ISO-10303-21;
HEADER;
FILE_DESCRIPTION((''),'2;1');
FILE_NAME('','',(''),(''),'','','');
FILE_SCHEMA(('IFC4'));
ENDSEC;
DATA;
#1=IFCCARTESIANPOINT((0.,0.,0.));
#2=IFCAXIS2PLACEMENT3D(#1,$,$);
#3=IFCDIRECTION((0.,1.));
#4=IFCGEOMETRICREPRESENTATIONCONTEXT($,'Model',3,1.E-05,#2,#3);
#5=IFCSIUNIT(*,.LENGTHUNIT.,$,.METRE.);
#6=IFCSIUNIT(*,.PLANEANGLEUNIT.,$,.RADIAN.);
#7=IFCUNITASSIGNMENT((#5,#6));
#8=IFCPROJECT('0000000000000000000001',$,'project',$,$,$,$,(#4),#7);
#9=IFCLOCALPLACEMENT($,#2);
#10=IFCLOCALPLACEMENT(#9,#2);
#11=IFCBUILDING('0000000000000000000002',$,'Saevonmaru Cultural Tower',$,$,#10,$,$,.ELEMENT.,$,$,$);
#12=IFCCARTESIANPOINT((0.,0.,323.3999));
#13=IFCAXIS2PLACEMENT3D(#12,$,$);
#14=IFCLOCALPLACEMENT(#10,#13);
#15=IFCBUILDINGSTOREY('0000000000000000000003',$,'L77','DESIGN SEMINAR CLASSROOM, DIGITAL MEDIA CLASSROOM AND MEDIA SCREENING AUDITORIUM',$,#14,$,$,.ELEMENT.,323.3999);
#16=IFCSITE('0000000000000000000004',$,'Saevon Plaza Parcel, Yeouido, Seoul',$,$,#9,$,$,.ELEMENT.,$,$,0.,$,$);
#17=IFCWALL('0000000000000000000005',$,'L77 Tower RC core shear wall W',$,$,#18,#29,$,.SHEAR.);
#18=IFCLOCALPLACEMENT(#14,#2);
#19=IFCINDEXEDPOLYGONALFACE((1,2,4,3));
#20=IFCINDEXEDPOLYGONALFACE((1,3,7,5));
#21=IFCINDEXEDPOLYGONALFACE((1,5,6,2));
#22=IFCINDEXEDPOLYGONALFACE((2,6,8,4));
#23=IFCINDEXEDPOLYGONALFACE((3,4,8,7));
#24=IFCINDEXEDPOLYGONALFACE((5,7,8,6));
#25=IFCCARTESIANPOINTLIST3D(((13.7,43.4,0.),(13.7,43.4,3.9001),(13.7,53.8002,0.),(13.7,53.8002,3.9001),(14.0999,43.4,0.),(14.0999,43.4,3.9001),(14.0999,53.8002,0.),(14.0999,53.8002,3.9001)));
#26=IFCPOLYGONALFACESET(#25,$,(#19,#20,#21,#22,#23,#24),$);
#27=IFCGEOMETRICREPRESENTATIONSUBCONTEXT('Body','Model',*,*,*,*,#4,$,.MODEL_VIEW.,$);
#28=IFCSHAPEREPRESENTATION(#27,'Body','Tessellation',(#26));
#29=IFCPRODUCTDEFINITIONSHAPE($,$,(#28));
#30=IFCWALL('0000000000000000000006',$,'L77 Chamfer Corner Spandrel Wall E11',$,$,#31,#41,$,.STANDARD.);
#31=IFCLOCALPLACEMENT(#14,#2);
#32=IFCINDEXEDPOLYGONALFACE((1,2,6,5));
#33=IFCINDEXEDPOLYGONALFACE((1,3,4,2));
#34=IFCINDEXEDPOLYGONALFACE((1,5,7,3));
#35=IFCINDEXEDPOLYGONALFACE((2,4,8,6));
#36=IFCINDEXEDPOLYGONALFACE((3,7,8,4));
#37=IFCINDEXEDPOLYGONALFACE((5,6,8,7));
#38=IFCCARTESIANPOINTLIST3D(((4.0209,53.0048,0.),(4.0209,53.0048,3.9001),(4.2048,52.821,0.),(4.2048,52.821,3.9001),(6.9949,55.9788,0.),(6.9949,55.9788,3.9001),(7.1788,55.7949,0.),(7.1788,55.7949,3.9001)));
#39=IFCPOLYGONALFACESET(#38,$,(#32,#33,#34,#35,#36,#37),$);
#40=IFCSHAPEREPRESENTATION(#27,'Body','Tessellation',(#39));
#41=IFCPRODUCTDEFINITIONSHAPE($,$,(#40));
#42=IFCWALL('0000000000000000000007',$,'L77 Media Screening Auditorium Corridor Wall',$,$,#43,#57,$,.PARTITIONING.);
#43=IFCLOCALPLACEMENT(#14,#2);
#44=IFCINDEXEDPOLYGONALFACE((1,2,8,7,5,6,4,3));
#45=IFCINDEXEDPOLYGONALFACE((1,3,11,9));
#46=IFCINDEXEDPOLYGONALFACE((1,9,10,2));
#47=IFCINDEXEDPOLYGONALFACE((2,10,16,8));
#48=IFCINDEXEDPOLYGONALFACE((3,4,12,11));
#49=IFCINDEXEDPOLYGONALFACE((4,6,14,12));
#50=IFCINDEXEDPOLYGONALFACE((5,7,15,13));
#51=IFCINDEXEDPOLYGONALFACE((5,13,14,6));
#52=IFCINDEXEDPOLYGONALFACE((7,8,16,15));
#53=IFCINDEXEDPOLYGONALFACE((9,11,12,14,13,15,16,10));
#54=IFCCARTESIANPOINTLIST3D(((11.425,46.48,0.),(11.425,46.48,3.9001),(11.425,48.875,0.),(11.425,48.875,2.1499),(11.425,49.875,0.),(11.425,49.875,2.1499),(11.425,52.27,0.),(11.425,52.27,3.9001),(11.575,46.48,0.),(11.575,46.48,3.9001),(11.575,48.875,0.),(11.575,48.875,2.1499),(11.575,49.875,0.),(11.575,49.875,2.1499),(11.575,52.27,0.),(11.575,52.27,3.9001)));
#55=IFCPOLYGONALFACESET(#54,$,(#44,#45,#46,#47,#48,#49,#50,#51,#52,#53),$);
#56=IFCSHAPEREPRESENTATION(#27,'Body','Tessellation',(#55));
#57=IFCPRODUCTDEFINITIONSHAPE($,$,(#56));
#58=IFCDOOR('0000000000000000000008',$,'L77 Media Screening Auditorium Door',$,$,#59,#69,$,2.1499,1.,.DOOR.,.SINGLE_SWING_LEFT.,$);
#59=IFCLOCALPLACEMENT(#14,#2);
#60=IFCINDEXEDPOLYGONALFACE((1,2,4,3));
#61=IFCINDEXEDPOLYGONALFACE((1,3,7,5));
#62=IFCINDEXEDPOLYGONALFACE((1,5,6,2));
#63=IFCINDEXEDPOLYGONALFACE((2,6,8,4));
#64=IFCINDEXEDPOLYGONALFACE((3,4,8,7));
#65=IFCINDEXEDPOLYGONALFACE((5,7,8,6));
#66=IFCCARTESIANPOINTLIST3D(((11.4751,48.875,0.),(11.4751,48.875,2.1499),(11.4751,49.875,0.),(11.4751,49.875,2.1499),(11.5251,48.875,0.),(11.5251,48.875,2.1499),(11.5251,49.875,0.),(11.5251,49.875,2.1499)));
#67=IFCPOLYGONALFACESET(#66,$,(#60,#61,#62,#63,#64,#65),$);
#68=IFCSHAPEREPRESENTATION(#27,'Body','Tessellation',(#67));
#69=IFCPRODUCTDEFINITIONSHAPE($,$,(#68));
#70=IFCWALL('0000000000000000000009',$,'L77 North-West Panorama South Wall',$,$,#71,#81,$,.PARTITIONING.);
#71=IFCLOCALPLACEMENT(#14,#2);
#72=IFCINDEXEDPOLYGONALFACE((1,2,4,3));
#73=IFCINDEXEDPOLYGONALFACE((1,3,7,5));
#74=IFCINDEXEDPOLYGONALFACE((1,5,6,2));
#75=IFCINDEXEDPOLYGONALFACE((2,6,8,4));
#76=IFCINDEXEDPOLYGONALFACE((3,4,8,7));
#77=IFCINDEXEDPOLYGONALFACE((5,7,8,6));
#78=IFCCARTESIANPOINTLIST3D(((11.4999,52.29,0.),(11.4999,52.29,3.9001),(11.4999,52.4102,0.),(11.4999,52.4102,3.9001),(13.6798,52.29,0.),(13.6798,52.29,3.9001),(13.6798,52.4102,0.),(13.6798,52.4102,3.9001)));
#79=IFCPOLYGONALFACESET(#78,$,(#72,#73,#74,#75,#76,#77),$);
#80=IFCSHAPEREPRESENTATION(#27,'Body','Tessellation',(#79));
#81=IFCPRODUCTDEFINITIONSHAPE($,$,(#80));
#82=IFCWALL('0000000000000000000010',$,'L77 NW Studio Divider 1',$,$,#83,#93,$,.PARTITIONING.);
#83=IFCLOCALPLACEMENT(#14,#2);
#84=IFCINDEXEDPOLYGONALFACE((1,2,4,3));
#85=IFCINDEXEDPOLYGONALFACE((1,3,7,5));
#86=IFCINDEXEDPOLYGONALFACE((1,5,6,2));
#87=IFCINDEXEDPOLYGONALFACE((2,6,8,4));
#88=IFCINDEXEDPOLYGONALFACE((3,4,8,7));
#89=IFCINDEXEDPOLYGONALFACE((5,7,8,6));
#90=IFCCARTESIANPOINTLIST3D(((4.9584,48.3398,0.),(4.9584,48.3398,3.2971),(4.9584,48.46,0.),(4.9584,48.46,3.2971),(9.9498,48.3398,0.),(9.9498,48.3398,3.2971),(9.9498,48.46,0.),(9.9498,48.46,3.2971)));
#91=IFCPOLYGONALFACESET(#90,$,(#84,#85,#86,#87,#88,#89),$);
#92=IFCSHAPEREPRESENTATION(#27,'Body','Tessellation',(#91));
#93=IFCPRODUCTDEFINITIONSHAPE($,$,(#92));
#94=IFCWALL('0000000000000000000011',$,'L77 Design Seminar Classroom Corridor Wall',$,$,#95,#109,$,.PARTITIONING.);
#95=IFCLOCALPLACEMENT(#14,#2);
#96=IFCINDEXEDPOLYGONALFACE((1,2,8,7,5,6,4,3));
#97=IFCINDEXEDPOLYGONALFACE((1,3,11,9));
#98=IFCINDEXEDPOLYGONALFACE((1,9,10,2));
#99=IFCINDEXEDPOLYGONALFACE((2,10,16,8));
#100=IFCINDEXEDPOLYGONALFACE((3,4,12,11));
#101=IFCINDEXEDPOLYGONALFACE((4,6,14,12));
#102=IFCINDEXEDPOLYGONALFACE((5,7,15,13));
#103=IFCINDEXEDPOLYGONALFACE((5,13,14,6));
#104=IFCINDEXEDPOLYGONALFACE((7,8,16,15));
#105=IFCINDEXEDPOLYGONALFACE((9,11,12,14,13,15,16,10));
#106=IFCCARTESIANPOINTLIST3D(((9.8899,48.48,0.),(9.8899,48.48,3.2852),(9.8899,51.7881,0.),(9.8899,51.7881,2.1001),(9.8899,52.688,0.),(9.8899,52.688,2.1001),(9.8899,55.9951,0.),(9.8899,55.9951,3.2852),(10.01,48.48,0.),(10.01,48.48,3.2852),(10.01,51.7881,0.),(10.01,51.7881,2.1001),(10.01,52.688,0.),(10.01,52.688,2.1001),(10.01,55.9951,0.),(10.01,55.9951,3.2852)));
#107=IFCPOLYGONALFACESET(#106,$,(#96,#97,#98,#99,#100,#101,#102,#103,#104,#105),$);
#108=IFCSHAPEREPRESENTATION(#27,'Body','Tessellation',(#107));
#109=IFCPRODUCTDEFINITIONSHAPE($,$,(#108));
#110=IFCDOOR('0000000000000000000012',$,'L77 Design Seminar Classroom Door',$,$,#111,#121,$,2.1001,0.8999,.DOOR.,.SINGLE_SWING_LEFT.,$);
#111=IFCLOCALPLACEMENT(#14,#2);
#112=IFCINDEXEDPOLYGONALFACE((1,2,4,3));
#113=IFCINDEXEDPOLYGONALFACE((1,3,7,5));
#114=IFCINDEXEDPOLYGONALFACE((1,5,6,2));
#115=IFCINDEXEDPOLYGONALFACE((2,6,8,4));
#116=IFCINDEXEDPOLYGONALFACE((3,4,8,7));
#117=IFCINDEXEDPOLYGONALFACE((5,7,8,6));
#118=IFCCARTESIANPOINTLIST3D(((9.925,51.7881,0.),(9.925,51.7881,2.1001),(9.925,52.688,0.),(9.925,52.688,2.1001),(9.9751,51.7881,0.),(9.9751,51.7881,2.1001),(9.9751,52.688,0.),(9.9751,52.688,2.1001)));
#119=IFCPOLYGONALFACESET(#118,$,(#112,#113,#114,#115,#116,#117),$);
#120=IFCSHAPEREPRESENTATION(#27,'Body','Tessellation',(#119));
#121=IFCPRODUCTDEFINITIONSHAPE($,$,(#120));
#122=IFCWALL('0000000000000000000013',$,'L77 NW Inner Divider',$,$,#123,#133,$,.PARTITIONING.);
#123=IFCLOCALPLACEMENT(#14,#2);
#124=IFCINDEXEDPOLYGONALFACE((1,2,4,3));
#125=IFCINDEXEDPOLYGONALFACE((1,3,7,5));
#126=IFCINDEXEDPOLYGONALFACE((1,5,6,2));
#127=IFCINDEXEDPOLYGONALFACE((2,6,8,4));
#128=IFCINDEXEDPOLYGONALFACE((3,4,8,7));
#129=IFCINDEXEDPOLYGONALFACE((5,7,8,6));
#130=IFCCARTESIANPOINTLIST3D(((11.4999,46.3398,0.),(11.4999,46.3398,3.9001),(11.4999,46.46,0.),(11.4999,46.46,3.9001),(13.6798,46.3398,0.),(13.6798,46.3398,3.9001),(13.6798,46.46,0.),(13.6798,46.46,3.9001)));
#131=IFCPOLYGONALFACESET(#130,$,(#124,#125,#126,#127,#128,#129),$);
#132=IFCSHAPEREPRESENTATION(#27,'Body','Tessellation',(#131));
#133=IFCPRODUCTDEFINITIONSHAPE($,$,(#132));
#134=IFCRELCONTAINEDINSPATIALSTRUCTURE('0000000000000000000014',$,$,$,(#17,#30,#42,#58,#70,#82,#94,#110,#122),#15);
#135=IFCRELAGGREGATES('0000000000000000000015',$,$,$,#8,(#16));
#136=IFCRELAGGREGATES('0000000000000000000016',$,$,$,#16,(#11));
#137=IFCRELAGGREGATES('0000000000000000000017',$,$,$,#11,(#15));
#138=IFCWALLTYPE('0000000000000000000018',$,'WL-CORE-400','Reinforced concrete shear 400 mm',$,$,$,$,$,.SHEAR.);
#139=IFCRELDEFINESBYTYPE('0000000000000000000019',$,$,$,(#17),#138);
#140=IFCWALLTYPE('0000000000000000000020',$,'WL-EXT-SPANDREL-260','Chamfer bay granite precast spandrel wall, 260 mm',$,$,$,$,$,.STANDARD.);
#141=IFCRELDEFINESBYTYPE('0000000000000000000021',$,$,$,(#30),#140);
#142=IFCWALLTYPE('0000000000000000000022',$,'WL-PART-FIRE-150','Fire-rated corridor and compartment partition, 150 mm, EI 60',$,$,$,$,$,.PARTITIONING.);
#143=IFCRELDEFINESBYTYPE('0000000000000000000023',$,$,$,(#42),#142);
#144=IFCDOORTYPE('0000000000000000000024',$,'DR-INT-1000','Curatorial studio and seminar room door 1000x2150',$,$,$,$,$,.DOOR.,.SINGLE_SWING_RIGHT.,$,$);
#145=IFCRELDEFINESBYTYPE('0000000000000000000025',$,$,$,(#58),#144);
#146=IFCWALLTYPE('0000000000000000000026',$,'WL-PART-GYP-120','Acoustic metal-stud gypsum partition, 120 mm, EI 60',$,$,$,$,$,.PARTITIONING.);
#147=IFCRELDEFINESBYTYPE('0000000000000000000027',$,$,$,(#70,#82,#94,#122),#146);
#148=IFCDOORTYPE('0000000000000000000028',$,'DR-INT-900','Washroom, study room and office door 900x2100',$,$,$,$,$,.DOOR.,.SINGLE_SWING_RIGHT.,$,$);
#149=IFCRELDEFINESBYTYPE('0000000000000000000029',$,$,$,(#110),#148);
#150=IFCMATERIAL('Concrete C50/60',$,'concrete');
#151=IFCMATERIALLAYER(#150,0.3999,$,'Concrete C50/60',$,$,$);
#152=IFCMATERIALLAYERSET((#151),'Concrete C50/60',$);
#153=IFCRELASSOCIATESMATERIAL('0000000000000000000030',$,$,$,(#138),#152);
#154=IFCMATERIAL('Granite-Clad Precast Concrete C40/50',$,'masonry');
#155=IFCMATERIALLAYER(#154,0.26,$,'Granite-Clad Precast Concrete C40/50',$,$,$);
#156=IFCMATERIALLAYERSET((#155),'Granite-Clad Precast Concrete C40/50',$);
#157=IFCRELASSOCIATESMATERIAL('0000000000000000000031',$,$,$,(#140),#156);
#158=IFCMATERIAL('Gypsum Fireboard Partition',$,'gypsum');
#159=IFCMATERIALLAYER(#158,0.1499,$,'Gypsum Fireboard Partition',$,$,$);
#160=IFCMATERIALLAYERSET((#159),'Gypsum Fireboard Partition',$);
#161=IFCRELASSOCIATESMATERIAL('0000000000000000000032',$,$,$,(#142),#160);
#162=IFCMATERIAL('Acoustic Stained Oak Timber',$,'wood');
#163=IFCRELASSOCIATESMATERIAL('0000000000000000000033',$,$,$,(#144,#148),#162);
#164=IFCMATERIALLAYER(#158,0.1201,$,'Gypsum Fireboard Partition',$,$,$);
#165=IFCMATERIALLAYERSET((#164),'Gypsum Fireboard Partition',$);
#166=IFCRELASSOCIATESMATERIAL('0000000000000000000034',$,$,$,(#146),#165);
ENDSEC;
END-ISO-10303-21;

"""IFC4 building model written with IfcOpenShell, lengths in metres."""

from ifc_helpers import new_model, si_unit, direction, frame, frame_2d, origin, place, context, subcontext, project, spatial, rectangle, extrude, material, layer, layer_set, type_object, element, fill, save


model = new_model("IFC4")

# Units and contexts
model_context = context("Model", 3, precision=1e-05, world=origin(), true_north=direction((0.0, 1.0)))
body_context = subcontext(model_context, "Body", "Model", "MODEL_VIEW")
ifc_project = project(units=[si_unit("LENGTHUNIT", "METRE"), si_unit("PLANEANGLEUNIT", "RADIAN")], contexts=[model_context])

# Site, building, storey
site_placement = place(None, origin())
site = spatial("IfcSite", under=ifc_project, at=site_placement, Name="Saevon Plaza Parcel, Yeouido, Seoul", CompositionType="ELEMENT", RefElevation=0.0)
building_placement = place(site_placement, origin())
building = spatial("IfcBuilding", under=site, at=building_placement, Name="Saevonmaru Cultural Tower", CompositionType="ELEMENT")
storey_placement = place(building_placement, frame((0.0, 0.0, 323.3999)))
storey = spatial("IfcBuildingStorey", under=building, at=storey_placement, Name="L77", Description="DESIGN SEMINAR CLASSROOM, DIGITAL MEDIA CLASSROOM AND MEDIA SCREENING AUDITORIUM", CompositionType="ELEMENT", Elevation=323.3999)

# Walls
ifc_material_1 = material(Name="Concrete C50/60", Category="concrete")
ifc_layer_1 = layer(ifc_material_1, 0.3999, Name="Concrete C50/60")
ifc_layer_set_1 = layer_set([ifc_layer_1], Name="Concrete C50/60")
wall_type_1 = type_object("IfcWallType", Name="WL-CORE-400", Description="Reinforced concrete shear 400 mm", PredefinedType="SHEAR", material=ifc_layer_set_1)
wall_1_placement = place(storey_placement, frame((13.8999, 43.3999, 0.0), z_axis=(0.0, 0.0, 1.0), x_axis=(0.0, 1.0, 0.0)))
element("IfcWall", 1, at=wall_1_placement, inside=storey, type_object=wall_type_1, Name="L77 Tower RC core shear wall W", PredefinedType="SHEAR", context=body_context, shape_type="SweptSolid", body=[
    extrude(rectangle(XDim=10.4001, YDim=0.3999, at=frame_2d((5.2002, 0.0))), origin(), (0.0, 0.0, 1.0), 3.9001),
])
ifc_material_2 = material(Name="Granite-Clad Precast Concrete C40/50", Category="masonry")
ifc_layer_2 = layer(ifc_material_2, 0.26, Name="Granite-Clad Precast Concrete C40/50")
ifc_layer_set_2 = layer_set([ifc_layer_2], Name="Granite-Clad Precast Concrete C40/50")
wall_type_2 = type_object("IfcWallType", Name="WL-EXT-SPANDREL-260", Description="Chamfer bay granite precast spandrel wall, 260 mm", PredefinedType="STANDARD", material=ifc_layer_set_2)
wall_2_placement = place(storey_placement, frame((7.0869, 55.887, 0.0), z_axis=(0.0, 0.0, 1.0), x_axis=(-0.707107, -0.707107, 0.0)))
element("IfcWall", 2, at=wall_2_placement, inside=storey, type_object=wall_type_2, Name="L77 Chamfer Corner Spandrel Wall E11", PredefinedType="STANDARD", context=body_context, shape_type="SweptSolid", body=[
    extrude(rectangle(XDim=4.2058, YDim=0.26, at=frame_2d((2.103, 0.0))), origin(), (0.0, 0.0, 1.0), 3.9001),
])

# Wall, opening, door
ifc_material_3 = material(Name="Gypsum Fireboard Partition", Category="gypsum")
ifc_layer_3 = layer(ifc_material_3, 0.1499, Name="Gypsum Fireboard Partition")
ifc_layer_set_3 = layer_set([ifc_layer_3], Name="Gypsum Fireboard Partition")
wall_type_3 = type_object("IfcWallType", Name="WL-PART-FIRE-150", Description="Fire-rated corridor and compartment partition, 150 mm, EI 60", PredefinedType="PARTITIONING", material=ifc_layer_set_3)
ifc_material_4 = material(Name="Acoustic Stained Oak Timber", Category="wood")
door_type_1 = type_object("IfcDoorType", Name="DR-INT-1000", Description="Curatorial studio and seminar room door 1000x2150", OperationType="SINGLE_SWING_RIGHT", PredefinedType="DOOR", material=ifc_material_4)
wall_3_placement = place(storey_placement, frame((11.5, 46.48, 0.0), z_axis=(0.0, 0.0, 1.0), x_axis=(0.0, 1.0, 0.0)))
wall_3 = element("IfcWall", 3, at=wall_3_placement, inside=storey, type_object=wall_type_3, Name="L77 Media Screening Auditorium Corridor Wall", PredefinedType="PARTITIONING", context=body_context, shape_type="SweptSolid", body=[
    extrude(rectangle(XDim=5.79, YDim=0.1499, at=frame_2d((2.895, 0.0))), origin(), (0.0, 0.0, 1.0), 3.9001),
])
opening_1_placement = place(wall_3_placement, frame((2.395, 0.0, 0.0)))
opening_1 = element("IfcOpeningElement", 4, at=opening_1_placement, cuts=wall_3, PredefinedType="OPENING", context=body_context, shape_type="SweptSolid", body=[
    extrude(rectangle(XDim=1.0, YDim=2.1499, at=frame_2d((0.5, 1.075))), frame((0.0, 0.085, 0.0), z_axis=(0.0, -1.0, 0.0), x_axis=(1.0, 0.0, 0.0)), (0.0, 0.0, 1.0), 0.1699),
])
door_1_placement = place(opening_1_placement, origin())
door_1 = element("IfcDoor", 5, at=door_1_placement, inside=storey, type_object=door_type_1, Name="L77 Media Screening Auditorium Door", OperationType="SINGLE_SWING_LEFT", OverallHeight=2.1499, OverallWidth=1.0, PredefinedType="DOOR", context=body_context, shape_type="SweptSolid", body=[
    extrude(rectangle(XDim=1.0, YDim=2.1499, at=frame_2d((0.5, 1.075))), frame((0.0, 0.0249, 0.0), z_axis=(0.0, -1.0, 0.0), x_axis=(1.0, 0.0, 0.0)), (0.0, 0.0, 1.0), 0.05),
])
fill(opening_1, door_1)

# Walls
ifc_layer_4 = layer(ifc_material_3, 0.1201, Name="Gypsum Fireboard Partition")
ifc_layer_set_4 = layer_set([ifc_layer_4], Name="Gypsum Fireboard Partition")
wall_type_4 = type_object("IfcWallType", Name="WL-PART-GYP-120", Description="Acoustic metal-stud gypsum partition, 120 mm, EI 60", PredefinedType="PARTITIONING", material=ifc_layer_set_4)
wall_4_placement = place(storey_placement, frame((11.5, 52.3501, 0.0), z_axis=(0.0, 0.0, 1.0), x_axis=(1.0, 0.0, 0.0)))
element("IfcWall", 6, at=wall_4_placement, inside=storey, type_object=wall_type_4, Name="L77 North-West Panorama South Wall", PredefinedType="PARTITIONING", context=body_context, shape_type="SweptSolid", body=[
    extrude(rectangle(XDim=2.1799, YDim=0.1201, at=frame_2d((1.0898, 0.0))), origin(), (0.0, 0.0, 1.0), 3.9001),
])
wall_5_placement = place(storey_placement, frame((4.9585, 48.3999, 0.0), z_axis=(0.0, 0.0, 1.0), x_axis=(1.0, 0.0, 0.0)))
element("IfcWall", 7, at=wall_5_placement, inside=storey, type_object=wall_type_4, Name="L77 NW Studio Divider 1", PredefinedType="PARTITIONING", context=body_context, shape_type="SweptSolid", body=[
    extrude(rectangle(XDim=4.9915, YDim=0.1201, at=frame_2d((2.4956, 0.0))), origin(), (0.0, 0.0, 1.0), 3.2971),
])

# Wall, opening, door
wall_6_placement = place(storey_placement, frame((9.95, 48.48, 0.0), z_axis=(0.0, 0.0, 1.0), x_axis=(0.0, 1.0, 0.0)))
wall_6 = element("IfcWall", 8, at=wall_6_placement, inside=storey, type_object=wall_type_4, Name="L77 Design Seminar Classroom Corridor Wall", PredefinedType="PARTITIONING", context=body_context, shape_type="SweptSolid", body=[
    extrude(rectangle(XDim=7.5151, YDim=0.1201, at=frame_2d((3.7576, 0.0))), origin(), (0.0, 0.0, 1.0), 3.2852),
])
opening_2_placement = place(wall_6_placement, frame((3.3081, 0.0, 0.0)))
opening_2 = element("IfcOpeningElement", 9, at=opening_2_placement, cuts=wall_6, PredefinedType="OPENING", context=body_context, shape_type="SweptSolid", body=[
    extrude(rectangle(XDim=0.8999, YDim=2.1001, at=frame_2d((0.45, 1.05))), frame((0.0, 0.0701, 0.0), z_axis=(0.0, -1.0, 0.0), x_axis=(1.0, 0.0, 0.0)), (0.0, 0.0, 1.0), 0.1401),
])
door_type_2 = type_object("IfcDoorType", Name="DR-INT-900", Description="Washroom, study room and office door 900x2100", OperationType="SINGLE_SWING_RIGHT", PredefinedType="DOOR", material=ifc_material_4)
door_2_placement = place(opening_2_placement, origin())
door_2 = element("IfcDoor", 10, at=door_2_placement, inside=storey, type_object=door_type_2, Name="L77 Design Seminar Classroom Door", OperationType="SINGLE_SWING_LEFT", OverallHeight=2.1001, OverallWidth=0.8999, PredefinedType="DOOR", context=body_context, shape_type="SweptSolid", body=[
    extrude(rectangle(XDim=0.8999, YDim=2.1001, at=frame_2d((0.45, 1.05))), frame((0.0, 0.0249, 0.0), z_axis=(0.0, -1.0, 0.0), x_axis=(1.0, 0.0, 0.0)), (0.0, 0.0, 1.0), 0.05),
])
fill(opening_2, door_2)

# Wall
wall_7_placement = place(storey_placement, frame((11.5, 46.3999, 0.0), z_axis=(0.0, 0.0, 1.0), x_axis=(1.0, 0.0, 0.0)))
element("IfcWall", 11, at=wall_7_placement, inside=storey, type_object=wall_type_4, Name="L77 NW Inner Divider", PredefinedType="PARTITIONING", context=body_context, shape_type="SweptSolid", body=[
    extrude(rectangle(XDim=2.1799, YDim=0.1201, at=frame_2d((1.0898, 0.0))), origin(), (0.0, 0.0, 1.0), 3.9001),
])

save(model, "model.ifc")
